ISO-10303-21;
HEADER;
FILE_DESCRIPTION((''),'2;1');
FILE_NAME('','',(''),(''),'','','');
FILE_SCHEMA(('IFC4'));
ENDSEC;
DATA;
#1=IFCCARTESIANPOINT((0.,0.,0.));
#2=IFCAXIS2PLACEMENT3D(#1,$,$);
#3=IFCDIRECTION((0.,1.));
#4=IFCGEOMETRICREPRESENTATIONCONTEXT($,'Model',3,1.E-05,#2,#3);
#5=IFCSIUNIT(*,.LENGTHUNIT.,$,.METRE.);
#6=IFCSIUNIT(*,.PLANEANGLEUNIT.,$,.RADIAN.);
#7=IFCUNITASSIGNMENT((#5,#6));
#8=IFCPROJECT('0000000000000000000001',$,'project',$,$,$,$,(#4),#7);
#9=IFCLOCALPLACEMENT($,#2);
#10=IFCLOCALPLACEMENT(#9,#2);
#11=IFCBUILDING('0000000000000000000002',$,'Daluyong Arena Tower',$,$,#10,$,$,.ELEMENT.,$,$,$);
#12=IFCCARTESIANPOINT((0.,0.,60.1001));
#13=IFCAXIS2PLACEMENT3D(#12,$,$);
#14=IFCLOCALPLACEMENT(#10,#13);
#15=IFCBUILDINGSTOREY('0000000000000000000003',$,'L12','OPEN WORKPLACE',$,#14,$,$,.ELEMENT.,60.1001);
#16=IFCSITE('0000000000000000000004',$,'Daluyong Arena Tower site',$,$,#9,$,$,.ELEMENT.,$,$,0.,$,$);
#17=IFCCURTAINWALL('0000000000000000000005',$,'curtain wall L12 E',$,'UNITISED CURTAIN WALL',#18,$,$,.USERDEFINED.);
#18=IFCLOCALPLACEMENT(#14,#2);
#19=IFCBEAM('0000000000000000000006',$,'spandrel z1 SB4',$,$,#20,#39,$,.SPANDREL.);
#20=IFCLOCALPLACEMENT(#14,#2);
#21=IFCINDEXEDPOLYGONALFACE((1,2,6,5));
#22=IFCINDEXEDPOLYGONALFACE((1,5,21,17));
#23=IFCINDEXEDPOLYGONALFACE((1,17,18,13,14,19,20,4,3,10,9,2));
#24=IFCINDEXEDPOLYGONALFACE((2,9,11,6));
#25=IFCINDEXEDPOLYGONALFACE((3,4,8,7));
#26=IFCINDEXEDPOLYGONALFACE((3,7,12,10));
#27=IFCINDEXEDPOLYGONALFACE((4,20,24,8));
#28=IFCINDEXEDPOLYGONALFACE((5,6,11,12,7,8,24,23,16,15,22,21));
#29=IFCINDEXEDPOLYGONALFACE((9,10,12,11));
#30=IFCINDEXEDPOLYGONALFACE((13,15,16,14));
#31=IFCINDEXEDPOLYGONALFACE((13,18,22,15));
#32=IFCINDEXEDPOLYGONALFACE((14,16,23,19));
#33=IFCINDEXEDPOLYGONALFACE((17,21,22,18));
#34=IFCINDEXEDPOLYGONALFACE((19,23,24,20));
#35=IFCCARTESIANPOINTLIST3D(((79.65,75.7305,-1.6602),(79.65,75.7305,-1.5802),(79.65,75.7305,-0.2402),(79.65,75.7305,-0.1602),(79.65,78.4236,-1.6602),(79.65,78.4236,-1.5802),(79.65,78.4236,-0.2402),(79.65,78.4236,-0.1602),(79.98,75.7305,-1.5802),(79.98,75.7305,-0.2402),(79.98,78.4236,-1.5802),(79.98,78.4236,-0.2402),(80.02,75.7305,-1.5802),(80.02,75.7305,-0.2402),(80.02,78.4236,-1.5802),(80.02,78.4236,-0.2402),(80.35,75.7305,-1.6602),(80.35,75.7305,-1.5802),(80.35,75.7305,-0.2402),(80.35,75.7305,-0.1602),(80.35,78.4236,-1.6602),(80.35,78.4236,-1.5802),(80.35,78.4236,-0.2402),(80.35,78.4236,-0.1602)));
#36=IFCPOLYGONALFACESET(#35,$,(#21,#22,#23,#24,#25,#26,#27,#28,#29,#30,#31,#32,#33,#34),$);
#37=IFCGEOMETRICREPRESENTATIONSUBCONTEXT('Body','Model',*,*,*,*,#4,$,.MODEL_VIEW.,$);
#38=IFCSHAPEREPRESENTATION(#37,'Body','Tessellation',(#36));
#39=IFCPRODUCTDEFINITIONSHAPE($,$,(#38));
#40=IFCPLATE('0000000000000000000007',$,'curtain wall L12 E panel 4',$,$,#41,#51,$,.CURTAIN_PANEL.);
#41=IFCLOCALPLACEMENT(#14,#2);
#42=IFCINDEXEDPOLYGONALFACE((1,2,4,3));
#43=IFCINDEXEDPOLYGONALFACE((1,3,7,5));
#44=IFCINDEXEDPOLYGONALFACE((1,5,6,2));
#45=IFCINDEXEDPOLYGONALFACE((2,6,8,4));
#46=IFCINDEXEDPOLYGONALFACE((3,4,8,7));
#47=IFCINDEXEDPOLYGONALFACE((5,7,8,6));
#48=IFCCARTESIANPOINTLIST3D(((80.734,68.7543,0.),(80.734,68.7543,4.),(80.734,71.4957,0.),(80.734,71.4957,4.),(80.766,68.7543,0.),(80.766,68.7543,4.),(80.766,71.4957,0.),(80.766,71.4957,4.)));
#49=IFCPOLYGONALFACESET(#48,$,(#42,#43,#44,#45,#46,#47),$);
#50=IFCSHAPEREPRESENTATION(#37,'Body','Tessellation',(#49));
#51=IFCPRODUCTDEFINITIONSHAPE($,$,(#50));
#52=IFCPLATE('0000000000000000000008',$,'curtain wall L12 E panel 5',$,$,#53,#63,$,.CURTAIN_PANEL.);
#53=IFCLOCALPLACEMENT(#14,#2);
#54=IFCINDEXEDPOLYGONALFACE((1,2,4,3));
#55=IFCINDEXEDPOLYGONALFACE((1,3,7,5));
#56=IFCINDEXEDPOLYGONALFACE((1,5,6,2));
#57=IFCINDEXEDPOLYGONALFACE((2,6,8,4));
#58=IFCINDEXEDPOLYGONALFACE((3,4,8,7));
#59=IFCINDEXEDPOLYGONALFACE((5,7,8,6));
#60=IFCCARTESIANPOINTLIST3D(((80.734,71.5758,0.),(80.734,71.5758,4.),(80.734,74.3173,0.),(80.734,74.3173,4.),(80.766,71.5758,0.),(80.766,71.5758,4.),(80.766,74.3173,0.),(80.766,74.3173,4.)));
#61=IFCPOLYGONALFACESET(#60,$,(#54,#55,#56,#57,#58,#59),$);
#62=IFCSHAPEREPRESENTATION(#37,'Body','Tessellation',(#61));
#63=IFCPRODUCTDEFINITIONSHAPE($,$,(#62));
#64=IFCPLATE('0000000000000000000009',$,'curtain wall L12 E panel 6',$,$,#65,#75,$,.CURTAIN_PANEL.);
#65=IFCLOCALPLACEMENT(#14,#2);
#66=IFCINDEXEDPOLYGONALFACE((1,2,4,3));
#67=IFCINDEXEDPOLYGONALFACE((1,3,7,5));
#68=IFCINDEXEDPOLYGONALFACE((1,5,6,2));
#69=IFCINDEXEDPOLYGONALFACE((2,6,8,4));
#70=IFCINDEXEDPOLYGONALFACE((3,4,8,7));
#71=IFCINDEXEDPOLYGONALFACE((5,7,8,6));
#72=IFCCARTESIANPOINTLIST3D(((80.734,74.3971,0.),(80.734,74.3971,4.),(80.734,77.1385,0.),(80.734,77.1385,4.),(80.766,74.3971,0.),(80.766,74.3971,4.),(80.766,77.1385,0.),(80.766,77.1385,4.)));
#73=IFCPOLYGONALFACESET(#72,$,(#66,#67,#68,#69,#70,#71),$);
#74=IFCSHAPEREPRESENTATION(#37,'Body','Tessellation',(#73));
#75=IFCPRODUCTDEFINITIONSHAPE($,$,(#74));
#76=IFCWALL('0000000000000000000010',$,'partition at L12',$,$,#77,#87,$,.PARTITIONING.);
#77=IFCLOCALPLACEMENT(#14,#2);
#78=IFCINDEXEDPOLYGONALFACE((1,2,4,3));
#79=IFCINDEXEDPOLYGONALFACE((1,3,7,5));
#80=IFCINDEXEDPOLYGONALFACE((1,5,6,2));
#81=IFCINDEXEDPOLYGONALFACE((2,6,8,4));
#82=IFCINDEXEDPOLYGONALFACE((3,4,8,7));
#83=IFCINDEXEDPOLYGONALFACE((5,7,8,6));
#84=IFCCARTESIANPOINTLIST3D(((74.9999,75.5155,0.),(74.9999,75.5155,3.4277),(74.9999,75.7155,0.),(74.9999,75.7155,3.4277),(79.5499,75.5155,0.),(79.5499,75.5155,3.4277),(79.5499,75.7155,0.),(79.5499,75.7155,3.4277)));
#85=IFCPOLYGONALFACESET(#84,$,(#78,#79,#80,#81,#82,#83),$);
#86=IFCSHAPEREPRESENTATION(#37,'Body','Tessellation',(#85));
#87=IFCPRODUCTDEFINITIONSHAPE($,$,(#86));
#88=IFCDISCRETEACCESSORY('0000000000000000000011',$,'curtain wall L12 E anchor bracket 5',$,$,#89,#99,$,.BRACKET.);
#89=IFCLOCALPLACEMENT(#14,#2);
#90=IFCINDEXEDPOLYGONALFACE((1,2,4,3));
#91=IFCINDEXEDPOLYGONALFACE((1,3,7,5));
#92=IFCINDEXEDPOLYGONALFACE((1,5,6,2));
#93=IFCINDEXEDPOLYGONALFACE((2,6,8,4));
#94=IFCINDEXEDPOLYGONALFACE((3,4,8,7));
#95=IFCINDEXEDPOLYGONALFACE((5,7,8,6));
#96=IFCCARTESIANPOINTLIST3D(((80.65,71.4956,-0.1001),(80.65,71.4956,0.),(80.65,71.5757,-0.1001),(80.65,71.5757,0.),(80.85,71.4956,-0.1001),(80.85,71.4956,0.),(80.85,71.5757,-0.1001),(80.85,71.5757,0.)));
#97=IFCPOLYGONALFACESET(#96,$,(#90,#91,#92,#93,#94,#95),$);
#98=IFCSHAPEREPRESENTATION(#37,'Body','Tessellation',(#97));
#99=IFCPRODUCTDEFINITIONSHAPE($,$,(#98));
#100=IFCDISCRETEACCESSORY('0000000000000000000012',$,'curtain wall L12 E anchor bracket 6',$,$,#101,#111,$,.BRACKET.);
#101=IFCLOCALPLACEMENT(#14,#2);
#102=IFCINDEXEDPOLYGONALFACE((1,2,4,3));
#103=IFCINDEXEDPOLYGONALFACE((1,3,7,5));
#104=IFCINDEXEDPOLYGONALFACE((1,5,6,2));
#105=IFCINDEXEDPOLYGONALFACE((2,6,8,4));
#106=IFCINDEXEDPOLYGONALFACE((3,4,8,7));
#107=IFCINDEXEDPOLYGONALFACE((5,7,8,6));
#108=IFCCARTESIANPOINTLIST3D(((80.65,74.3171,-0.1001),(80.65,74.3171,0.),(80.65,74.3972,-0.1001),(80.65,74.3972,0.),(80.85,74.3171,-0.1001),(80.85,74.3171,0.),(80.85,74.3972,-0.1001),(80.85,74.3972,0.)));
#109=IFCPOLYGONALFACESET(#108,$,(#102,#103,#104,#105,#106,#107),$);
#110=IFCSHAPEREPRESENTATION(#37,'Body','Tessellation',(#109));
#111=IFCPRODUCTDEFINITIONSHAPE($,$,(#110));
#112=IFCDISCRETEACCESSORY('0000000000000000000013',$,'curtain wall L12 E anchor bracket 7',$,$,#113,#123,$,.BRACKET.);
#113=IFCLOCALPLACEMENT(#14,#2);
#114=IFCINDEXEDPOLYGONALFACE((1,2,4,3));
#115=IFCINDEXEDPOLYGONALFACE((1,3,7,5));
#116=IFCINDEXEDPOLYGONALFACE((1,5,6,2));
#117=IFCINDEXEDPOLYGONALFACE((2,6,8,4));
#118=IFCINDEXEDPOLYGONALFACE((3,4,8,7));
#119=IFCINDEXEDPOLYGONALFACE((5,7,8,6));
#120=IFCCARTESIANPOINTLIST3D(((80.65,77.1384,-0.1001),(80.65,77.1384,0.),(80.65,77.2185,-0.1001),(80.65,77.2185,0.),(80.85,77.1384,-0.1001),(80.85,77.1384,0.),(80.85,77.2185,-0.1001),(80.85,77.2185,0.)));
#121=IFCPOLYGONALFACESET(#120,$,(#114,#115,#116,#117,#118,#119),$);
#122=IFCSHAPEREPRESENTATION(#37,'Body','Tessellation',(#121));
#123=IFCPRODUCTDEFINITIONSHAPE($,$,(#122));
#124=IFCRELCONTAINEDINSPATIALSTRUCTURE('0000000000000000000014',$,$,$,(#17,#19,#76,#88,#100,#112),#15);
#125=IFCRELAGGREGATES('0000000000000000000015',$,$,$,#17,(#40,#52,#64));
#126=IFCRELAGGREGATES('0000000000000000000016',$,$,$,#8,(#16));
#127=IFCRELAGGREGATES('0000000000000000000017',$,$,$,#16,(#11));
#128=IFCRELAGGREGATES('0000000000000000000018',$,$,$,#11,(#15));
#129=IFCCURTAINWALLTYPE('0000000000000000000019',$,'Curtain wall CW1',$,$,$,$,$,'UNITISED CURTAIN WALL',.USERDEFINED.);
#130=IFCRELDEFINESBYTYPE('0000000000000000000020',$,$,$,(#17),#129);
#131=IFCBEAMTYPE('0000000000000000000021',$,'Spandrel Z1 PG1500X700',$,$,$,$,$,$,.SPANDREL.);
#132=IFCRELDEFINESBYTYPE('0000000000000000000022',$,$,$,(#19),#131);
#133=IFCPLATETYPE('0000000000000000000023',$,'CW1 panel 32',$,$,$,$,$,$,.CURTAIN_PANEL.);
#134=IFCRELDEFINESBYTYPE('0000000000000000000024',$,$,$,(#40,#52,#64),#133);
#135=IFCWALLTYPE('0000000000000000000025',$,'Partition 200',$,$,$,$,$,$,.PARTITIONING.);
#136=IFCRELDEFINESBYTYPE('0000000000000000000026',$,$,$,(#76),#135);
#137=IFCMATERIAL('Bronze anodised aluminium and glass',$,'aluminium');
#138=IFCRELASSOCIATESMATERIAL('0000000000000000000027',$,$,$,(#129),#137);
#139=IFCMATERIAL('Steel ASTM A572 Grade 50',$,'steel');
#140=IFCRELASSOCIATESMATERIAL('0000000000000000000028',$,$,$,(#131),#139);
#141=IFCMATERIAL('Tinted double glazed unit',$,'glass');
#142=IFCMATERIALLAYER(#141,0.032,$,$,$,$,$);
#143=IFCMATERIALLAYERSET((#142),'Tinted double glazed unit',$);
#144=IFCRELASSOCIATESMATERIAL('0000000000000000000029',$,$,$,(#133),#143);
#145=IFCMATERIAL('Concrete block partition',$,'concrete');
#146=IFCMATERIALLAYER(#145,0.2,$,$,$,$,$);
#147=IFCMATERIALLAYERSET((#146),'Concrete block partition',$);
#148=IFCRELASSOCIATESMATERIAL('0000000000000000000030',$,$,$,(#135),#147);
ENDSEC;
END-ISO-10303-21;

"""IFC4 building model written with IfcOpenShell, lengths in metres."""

from ifc_helpers import new_model, si_unit, direction, frame, frame_2d, origin, origin_2d, place, context, subcontext, project, spatial, rectangle, i_section, extrude, material, layer, layer_set, material_profile, profile_set, type_object, element, aggregate, save


model = new_model("IFC4")

# Units and contexts
model_context = context("Model", 3, precision=1e-05, world=origin(), true_north=direction((0.0, 1.0)))
body_context = subcontext(model_context, "Body", "Model", "MODEL_VIEW")
ifc_project = project(units=[si_unit("LENGTHUNIT", "METRE"), si_unit("PLANEANGLEUNIT", "RADIAN")], contexts=[model_context])

# Site, building, storey
site_placement = place(None, origin())
site = spatial("IfcSite", under=ifc_project, at=site_placement, Name="Daluyong Arena Tower site", CompositionType="ELEMENT", RefElevation=0.0)
building_placement = place(site_placement, origin())
building = spatial("IfcBuilding", under=site, at=building_placement, Name="Daluyong Arena Tower", CompositionType="ELEMENT")
storey_placement = place(building_placement, frame((0.0, 0.0, 60.1001)))
storey = spatial("IfcBuildingStorey", under=building, at=storey_placement, Name="L12", Description="OPEN WORKPLACE", CompositionType="ELEMENT", Elevation=60.1001)

# Curtain wall
ifc_material_1 = material(Name="Bronze anodised aluminium and glass", Category="aluminium")
curtain_wall_type = type_object("IfcCurtainWallType", Name="Curtain wall CW1", ElementType="UNITISED CURTAIN WALL", PredefinedType="USERDEFINED", material=ifc_material_1)
curtain_wall_placement = place(storey_placement, origin())
curtain_wall = element("IfcCurtainWall", 1, at=curtain_wall_placement, inside=storey, type_object=curtain_wall_type, Name="curtain wall L12 E", ObjectType="UNITISED CURTAIN WALL", PredefinedType="USERDEFINED")

# Beam
ifc_material_2 = material(Name="Steel ASTM A572 Grade 50", Category="steel")
ifc_material_profile_1 = material_profile(ifc_material_2, i_section(OverallWidth=0.7, OverallDepth=1.5, WebThickness=0.04, FlangeThickness=0.08, at=origin_2d()))
ifc_profile_set_1 = profile_set([ifc_material_profile_1], Name="Steel ASTM A572 Grade 50")
beam_type_1 = type_object("IfcBeamType", Name="Spandrel Z1 PG1500X700", PredefinedType="SPANDREL", material=ifc_profile_set_1)
for number, where, z_axis, x_axis, name in (
    (2, (80.0, 75.7305, -0.9102), (0.0, 1.0, 0.0), (-1.0, 0.0, 0.0), "spandrel z1 SB4"),
):
    element("IfcBeam", number, at=place(storey_placement, frame(where, z_axis=z_axis, x_axis=x_axis)), inside=storey, type_object=beam_type_1, Name=name, PredefinedType="SPANDREL", context=body_context, shape_type="SweptSolid", body=[
        extrude(i_section(OverallWidth=0.7, OverallDepth=1.5, WebThickness=0.04, FlangeThickness=0.08, at=origin_2d()), origin(), (0.0, 0.0, 1.0), 2.6931),
    ])

# Plates
ifc_material_3 = material(Name="Tinted double glazed unit", Category="glass")
ifc_layer_1 = layer(ifc_material_3, 0.032)
ifc_layer_set_1 = layer_set([ifc_layer_1], Name="Tinted double glazed unit")
plate_type = type_object("IfcPlateType", Name="CW1 panel 32", PredefinedType="CURTAIN_PANEL", material=ifc_layer_set_1)
plate_1_placement = place(storey_placement, frame((80.75, 70.125, 0.0), z_axis=(0.0, 0.0, 1.0), x_axis=(0.0, 1.0, 0.0)))
plate_1 = element("IfcPlate", 3, at=plate_1_placement, type_object=plate_type, Name="curtain wall L12 E panel 4", PredefinedType="CURTAIN_PANEL", context=body_context, shape_type="SweptSolid", body=[
    extrude(rectangle(XDim=2.7415, YDim=0.032, at=origin_2d()), origin(), (0.0, 0.0, 1.0), 4.0),
])
plate_2_placement = place(storey_placement, frame((80.75, 72.9465, 0.0), z_axis=(0.0, 0.0, 1.0), x_axis=(0.0, 1.0, 0.0)))
plate_2 = element("IfcPlate", 4, at=plate_2_placement, type_object=plate_type, Name="curtain wall L12 E panel 5", PredefinedType="CURTAIN_PANEL", context=body_context, shape_type="SweptSolid", body=[
    extrude(rectangle(XDim=2.7415, YDim=0.032, at=origin_2d()), origin(), (0.0, 0.0, 1.0), 4.0),
])
plate_3_placement = place(storey_placement, frame((80.75, 75.7678, 0.0), z_axis=(0.0, 0.0, 1.0), x_axis=(0.0, 1.0, 0.0)))
plate_3 = element("IfcPlate", 5, at=plate_3_placement, type_object=plate_type, Name="curtain wall L12 E panel 6", PredefinedType="CURTAIN_PANEL", context=body_context, shape_type="SweptSolid", body=[
    extrude(rectangle(XDim=2.7415, YDim=0.032, at=origin_2d()), origin(), (0.0, 0.0, 1.0), 4.0),
])
aggregate(curtain_wall, [plate_1, plate_2, plate_3])

# Wall
ifc_material_4 = material(Name="Concrete block partition", Category="concrete")
ifc_layer_2 = layer(ifc_material_4, 0.2)
ifc_layer_set_2 = layer_set([ifc_layer_2], Name="Concrete block partition")
wall_type_1 = type_object("IfcWallType", Name="Partition 200", PredefinedType="PARTITIONING", material=ifc_layer_set_2)
wall_1_placement = place(storey_placement, frame((75.0, 75.6155, 0.0), z_axis=(0.0, 0.0, 1.0), x_axis=(1.0, 0.0, 0.0)))
element("IfcWall", 6, at=wall_1_placement, inside=storey, type_object=wall_type_1, Name="partition at L12", PredefinedType="PARTITIONING", context=body_context, shape_type="SweptSolid", body=[
    extrude(rectangle(XDim=4.55, YDim=0.2, at=frame_2d((2.2749, 0.0))), origin(), (0.0, 0.0, 1.0), 3.4277),
])

# Discrete accessories
for number, where, z_axis, x_axis, name in (
    (7, (80.75, 71.5356, -0.1001), (0.0, 0.0, 1.0), (0.0, 1.0, 0.0), "curtain wall L12 E anchor bracket 5"),
    (8, (80.75, 74.3572, -0.1001), (0.0, 0.0, 1.0), (0.0, 1.0, 0.0), "curtain wall L12 E anchor bracket 6"),
    (9, (80.75, 77.1785, -0.1001), (0.0, 0.0, 1.0), (0.0, 1.0, 0.0), "curtain wall L12 E anchor bracket 7"),
):
    element("IfcDiscreteAccessory", number, at=place(storey_placement, frame(where, z_axis=z_axis, x_axis=x_axis)), inside=storey, Name=name, PredefinedType="BRACKET", context=body_context, shape_type="SweptSolid", body=[
        extrude(rectangle(XDim=0.0801, YDim=0.2, at=origin_2d()), origin(), (0.0, 0.0, 1.0), 0.1001),
    ])

save(model, "model.ifc")
